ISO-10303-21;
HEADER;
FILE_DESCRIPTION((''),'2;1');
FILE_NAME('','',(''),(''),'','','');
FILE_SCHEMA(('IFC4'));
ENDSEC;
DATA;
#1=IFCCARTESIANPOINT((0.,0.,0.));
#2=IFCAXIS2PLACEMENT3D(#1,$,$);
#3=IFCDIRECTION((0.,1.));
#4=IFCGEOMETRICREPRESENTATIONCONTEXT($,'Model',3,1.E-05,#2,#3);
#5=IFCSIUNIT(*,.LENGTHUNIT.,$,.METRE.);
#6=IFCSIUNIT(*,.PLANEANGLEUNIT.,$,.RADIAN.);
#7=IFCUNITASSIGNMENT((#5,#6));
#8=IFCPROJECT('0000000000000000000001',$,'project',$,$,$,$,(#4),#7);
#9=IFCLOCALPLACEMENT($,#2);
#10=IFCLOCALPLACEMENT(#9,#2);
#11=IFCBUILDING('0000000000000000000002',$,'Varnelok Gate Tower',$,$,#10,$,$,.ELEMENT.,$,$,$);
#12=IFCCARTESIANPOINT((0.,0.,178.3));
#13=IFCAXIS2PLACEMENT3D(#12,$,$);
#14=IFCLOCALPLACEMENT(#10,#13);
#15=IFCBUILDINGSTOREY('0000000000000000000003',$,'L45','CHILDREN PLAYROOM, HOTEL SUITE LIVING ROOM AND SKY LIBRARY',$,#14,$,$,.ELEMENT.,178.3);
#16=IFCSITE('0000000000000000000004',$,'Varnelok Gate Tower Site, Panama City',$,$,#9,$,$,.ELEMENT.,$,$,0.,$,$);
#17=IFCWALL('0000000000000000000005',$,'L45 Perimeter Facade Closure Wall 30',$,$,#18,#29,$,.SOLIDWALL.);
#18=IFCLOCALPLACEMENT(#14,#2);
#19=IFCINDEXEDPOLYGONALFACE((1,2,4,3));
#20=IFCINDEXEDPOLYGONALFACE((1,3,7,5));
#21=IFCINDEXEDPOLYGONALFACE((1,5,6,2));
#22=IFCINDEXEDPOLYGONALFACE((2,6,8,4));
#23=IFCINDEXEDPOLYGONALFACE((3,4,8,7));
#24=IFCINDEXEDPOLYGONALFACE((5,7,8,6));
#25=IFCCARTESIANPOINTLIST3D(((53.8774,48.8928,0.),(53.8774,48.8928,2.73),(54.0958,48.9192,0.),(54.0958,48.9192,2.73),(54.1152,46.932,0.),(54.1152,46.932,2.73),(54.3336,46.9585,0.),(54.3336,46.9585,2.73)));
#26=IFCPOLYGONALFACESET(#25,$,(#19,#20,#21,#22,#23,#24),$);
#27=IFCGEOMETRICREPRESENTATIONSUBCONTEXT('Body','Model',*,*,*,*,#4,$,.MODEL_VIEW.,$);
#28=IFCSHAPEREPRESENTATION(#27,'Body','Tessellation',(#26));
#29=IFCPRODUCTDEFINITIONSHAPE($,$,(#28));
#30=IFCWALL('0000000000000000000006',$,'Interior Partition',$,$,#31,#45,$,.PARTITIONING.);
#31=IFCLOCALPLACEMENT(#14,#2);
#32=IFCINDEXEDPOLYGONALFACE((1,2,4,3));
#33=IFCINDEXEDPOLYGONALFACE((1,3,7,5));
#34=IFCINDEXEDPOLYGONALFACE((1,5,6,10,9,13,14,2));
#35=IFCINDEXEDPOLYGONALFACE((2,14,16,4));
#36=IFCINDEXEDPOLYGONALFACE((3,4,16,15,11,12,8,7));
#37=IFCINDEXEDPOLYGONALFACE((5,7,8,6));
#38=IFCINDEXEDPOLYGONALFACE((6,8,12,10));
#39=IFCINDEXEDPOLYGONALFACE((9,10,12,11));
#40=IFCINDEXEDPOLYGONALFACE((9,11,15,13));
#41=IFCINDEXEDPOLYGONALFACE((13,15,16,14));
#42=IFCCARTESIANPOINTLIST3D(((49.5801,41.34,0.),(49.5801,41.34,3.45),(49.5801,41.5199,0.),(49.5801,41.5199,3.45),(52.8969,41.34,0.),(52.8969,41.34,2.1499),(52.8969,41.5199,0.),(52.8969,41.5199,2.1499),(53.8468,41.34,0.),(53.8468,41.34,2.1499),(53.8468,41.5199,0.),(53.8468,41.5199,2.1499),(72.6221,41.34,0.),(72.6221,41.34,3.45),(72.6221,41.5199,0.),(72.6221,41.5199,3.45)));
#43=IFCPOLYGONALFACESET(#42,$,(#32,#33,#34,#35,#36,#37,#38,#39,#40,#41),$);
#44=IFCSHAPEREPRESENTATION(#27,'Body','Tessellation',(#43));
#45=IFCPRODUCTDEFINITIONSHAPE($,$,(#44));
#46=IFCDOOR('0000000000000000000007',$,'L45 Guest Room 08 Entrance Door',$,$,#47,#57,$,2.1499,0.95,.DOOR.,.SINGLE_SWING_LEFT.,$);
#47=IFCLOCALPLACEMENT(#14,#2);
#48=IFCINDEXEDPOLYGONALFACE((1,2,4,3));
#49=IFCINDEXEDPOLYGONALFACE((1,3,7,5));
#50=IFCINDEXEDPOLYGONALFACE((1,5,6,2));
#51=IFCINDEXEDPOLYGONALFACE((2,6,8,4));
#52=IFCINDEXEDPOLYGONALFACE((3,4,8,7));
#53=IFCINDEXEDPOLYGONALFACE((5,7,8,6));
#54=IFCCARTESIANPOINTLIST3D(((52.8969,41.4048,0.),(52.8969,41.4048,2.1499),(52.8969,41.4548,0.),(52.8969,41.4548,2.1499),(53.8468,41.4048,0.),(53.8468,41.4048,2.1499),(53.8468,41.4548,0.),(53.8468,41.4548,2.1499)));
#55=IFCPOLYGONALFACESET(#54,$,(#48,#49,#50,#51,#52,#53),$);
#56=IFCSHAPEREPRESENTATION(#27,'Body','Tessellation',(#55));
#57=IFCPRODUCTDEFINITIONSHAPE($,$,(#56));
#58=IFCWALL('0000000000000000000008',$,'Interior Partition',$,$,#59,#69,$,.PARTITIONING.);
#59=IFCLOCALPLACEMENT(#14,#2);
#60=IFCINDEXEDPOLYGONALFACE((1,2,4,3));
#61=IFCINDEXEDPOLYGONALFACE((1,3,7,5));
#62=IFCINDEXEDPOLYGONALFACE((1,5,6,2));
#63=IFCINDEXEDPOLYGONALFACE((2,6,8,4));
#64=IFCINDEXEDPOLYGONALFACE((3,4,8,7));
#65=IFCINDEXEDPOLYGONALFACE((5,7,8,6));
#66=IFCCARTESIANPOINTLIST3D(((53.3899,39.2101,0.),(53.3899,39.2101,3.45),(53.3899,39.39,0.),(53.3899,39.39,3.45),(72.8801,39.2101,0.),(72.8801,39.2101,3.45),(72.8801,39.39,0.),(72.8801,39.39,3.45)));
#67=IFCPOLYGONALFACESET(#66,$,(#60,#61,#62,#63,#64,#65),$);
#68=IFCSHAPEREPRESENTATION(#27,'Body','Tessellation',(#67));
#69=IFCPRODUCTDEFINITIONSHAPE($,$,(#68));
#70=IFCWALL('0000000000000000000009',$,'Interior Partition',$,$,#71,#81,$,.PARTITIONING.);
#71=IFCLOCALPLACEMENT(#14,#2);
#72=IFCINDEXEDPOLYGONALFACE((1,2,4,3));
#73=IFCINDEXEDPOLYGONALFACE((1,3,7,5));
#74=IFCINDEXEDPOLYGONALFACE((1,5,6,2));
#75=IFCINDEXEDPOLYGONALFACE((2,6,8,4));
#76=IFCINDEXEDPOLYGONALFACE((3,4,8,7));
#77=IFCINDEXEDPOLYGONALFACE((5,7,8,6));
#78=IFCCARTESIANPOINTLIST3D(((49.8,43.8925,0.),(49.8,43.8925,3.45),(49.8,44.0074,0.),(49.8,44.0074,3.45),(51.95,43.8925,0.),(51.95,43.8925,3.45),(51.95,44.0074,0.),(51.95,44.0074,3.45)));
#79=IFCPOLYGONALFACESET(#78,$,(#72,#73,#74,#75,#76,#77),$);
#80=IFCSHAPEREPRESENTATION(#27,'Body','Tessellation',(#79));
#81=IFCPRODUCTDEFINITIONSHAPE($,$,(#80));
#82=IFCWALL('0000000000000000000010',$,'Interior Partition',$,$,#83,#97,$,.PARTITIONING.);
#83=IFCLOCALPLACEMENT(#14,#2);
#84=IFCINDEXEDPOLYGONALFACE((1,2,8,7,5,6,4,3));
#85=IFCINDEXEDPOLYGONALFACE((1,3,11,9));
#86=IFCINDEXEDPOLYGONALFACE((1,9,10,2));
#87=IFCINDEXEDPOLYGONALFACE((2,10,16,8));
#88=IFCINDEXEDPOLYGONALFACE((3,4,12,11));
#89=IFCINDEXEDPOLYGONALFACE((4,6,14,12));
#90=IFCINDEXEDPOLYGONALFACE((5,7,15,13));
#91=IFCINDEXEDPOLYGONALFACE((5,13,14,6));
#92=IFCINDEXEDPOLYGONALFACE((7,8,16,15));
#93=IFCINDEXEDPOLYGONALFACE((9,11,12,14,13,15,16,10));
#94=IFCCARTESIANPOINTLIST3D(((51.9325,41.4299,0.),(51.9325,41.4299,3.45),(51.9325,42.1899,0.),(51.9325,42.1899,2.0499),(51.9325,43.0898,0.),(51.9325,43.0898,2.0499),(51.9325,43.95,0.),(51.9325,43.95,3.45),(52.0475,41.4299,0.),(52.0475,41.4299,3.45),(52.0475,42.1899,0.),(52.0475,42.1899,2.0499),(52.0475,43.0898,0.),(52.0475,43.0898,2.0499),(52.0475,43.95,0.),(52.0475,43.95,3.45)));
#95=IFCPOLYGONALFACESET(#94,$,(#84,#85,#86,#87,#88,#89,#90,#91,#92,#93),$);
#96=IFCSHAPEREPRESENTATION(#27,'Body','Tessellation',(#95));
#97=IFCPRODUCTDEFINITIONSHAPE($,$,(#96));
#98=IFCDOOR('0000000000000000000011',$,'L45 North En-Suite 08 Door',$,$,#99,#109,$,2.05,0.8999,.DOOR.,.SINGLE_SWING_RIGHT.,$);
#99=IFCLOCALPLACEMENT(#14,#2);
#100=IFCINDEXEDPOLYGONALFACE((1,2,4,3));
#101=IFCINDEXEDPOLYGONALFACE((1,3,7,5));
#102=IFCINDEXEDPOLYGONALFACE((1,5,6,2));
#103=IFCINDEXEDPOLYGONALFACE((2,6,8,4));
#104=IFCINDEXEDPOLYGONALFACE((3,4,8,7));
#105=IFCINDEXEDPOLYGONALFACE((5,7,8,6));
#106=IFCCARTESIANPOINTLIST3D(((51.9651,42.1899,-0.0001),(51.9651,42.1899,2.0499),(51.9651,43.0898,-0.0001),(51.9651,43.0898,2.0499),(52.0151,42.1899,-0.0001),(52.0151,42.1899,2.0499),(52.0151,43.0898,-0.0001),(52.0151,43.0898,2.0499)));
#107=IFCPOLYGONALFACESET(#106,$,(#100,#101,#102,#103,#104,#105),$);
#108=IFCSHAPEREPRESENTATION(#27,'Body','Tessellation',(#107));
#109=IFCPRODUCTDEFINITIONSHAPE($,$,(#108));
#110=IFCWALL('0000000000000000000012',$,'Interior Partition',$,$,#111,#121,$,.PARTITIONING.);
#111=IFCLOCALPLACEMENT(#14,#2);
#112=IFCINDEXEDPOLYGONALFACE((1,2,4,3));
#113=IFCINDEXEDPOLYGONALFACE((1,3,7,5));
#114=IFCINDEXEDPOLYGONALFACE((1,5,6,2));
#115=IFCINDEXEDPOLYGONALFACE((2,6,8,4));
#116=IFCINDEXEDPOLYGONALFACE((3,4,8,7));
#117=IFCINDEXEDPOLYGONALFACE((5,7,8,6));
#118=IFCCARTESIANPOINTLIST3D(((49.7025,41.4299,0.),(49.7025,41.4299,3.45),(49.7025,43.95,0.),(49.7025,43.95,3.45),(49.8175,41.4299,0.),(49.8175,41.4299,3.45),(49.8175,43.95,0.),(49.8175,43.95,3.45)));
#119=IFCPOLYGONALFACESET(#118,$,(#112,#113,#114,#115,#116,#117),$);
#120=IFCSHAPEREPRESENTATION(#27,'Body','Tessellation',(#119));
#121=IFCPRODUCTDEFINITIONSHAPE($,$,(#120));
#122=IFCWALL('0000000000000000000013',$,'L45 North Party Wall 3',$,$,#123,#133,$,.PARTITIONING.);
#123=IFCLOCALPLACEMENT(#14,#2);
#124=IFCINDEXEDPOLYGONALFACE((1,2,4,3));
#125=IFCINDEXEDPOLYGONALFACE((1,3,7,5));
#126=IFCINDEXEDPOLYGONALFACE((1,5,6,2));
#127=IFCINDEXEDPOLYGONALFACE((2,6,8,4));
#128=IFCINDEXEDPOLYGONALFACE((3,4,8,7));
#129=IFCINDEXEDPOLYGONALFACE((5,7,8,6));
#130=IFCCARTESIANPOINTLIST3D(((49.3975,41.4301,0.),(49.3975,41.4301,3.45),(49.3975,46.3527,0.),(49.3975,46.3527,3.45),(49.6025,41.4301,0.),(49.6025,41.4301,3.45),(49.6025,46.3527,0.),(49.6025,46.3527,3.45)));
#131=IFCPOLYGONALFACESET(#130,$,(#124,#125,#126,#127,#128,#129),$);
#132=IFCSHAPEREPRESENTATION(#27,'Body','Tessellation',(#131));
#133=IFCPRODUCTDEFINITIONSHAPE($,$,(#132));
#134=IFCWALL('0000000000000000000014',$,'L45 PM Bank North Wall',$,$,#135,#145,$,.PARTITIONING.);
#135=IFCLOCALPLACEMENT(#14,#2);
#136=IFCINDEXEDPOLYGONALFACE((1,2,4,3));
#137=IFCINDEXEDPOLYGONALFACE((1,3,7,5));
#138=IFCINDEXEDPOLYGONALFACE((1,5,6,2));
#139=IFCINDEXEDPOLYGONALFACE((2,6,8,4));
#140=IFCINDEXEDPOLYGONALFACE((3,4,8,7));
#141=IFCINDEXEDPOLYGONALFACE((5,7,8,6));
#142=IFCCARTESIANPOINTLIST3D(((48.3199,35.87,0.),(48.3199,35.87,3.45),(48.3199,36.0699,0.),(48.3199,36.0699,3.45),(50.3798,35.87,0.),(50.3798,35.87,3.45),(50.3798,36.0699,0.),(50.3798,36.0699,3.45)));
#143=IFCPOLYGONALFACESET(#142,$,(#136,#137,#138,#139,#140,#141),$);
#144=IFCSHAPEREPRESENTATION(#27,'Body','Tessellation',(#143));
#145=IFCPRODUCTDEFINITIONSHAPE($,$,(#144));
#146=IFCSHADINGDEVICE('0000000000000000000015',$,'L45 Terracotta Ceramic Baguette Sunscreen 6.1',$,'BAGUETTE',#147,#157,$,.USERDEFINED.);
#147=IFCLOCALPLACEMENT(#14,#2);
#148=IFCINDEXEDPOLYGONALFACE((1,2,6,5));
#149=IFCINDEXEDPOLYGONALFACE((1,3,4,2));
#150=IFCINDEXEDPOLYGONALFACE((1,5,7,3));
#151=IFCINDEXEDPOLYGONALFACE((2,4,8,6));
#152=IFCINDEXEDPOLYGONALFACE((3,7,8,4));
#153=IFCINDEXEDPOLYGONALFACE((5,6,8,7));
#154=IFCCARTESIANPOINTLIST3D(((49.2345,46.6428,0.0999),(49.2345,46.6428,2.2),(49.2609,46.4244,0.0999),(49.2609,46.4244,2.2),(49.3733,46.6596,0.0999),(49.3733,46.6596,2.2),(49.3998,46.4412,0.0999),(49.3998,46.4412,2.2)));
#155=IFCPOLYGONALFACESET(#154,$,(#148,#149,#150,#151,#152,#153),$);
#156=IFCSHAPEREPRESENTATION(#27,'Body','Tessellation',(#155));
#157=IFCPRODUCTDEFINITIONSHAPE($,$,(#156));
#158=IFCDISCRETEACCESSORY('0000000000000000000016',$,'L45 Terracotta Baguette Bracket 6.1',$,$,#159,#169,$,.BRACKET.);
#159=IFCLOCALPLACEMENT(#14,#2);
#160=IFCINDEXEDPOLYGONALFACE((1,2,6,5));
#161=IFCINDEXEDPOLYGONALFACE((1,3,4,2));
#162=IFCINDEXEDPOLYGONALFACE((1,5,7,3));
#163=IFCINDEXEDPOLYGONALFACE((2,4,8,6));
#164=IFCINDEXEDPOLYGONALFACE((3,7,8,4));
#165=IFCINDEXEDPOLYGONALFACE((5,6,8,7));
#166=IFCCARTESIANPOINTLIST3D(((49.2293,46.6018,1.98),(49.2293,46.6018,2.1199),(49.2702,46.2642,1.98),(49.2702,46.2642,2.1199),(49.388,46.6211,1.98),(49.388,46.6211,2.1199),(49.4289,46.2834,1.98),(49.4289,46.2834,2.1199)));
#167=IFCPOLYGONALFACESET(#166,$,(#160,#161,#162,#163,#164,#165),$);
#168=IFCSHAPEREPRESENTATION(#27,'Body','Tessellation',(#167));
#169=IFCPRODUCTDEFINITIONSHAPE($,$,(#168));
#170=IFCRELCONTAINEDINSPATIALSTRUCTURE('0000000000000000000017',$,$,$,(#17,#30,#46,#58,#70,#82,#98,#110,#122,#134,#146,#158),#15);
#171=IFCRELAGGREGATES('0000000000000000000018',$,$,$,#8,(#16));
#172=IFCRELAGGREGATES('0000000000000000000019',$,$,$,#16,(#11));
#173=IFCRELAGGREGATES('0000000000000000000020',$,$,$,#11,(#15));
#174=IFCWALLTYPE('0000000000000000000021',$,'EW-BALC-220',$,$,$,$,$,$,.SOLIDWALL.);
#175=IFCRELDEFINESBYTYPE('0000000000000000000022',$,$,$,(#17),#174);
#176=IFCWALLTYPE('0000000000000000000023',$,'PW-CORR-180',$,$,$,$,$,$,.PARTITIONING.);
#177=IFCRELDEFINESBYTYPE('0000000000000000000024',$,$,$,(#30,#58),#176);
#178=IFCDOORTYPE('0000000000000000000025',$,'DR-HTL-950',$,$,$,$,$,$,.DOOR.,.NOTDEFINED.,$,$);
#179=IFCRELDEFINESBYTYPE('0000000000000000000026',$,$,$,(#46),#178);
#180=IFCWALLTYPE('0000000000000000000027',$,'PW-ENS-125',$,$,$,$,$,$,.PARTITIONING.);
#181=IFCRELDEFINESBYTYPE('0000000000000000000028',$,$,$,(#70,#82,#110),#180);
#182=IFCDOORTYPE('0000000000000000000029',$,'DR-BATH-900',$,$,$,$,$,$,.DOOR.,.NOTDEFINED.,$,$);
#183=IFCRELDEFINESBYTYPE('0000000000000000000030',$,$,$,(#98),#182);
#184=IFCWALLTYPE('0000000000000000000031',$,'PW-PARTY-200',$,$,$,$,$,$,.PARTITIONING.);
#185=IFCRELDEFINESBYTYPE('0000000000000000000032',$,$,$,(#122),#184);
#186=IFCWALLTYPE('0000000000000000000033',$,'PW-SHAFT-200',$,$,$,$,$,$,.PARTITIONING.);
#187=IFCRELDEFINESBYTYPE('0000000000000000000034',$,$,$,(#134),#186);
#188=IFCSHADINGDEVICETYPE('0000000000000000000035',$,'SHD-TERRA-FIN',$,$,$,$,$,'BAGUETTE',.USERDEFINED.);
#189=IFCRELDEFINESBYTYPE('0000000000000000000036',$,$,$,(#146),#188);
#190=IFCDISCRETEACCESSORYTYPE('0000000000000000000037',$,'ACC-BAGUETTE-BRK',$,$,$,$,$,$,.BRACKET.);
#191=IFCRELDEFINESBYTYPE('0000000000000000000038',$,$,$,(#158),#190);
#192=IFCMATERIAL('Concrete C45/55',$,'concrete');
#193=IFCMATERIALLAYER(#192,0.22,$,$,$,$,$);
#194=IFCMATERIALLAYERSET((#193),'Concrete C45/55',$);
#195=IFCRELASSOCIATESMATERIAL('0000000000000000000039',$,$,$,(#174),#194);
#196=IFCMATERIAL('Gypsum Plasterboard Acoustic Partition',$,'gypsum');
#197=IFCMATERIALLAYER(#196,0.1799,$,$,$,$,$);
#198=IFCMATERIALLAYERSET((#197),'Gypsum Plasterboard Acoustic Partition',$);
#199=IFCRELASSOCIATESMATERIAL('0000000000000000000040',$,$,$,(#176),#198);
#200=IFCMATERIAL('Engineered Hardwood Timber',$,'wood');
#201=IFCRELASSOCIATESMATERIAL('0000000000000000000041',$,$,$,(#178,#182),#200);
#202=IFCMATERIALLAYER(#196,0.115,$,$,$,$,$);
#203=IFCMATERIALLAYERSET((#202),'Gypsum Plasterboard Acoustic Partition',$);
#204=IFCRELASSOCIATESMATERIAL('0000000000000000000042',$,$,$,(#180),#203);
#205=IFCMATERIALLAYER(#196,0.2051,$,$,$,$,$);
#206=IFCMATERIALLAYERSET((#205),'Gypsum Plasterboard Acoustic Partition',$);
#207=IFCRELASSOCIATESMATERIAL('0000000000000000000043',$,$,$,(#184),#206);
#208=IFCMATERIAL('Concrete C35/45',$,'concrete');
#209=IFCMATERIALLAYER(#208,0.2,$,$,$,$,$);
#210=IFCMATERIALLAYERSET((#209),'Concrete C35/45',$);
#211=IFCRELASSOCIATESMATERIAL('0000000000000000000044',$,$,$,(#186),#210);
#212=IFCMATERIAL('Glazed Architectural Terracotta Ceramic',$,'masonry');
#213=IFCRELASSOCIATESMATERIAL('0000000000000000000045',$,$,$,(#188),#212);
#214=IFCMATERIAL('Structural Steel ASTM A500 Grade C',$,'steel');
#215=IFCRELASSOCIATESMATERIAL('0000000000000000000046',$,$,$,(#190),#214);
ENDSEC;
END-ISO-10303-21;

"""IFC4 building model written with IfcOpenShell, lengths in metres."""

from ifc_helpers import new_model, si_unit, direction, frame, frame_2d, origin, origin_2d, place, context, subcontext, project, spatial, rectangle, extrude, source, transform, mapped, material, layer, layer_set, type_object, element, fill, save


model = new_model("IFC4")

# Units and contexts
model_context = context("Model", 3, precision=1e-05, world=origin(), true_north=direction((0.0, 1.0)))
body_context = subcontext(model_context, "Body", "Model", "MODEL_VIEW")
ifc_project = project(units=[si_unit("LENGTHUNIT", "METRE"), si_unit("PLANEANGLEUNIT", "RADIAN")], contexts=[model_context])

# Site, building, storey
site_placement = place(None, origin())
site = spatial("IfcSite", under=ifc_project, at=site_placement, Name="Varnelok Gate Tower Site, Panama City", CompositionType="ELEMENT", RefElevation=0.0)
building_placement = place(site_placement, origin())
building = spatial("IfcBuilding", under=site, at=building_placement, Name="Varnelok Gate Tower", CompositionType="ELEMENT")
storey_placement = place(building_placement, frame((0.0, 0.0, 178.3)))
storey = spatial("IfcBuildingStorey", under=building, at=storey_placement, Name="L45", Description="CHILDREN PLAYROOM, HOTEL SUITE LIVING ROOM AND SKY LIBRARY", CompositionType="ELEMENT", Elevation=178.3)

# Shared definitions
ifc_material_1 = material(Name="Concrete C45/55", Category="concrete")
ifc_layer_1 = layer(ifc_material_1, 0.22)
ifc_layer_set_1 = layer_set([ifc_layer_1], Name="Concrete C45/55")
wall_type_1 = type_object("IfcWallType", Name="EW-BALC-220", PredefinedType="SOLIDWALL", material=ifc_layer_set_1)

# Wall
wall_1_placement = place(storey_placement, frame((53.9866, 48.906, 0.0), z_axis=(0.0, 0.0, 1.0), x_axis=(0.120398, -0.992726, 0.0)))
element("IfcWall", 1, at=wall_1_placement, inside=storey, type_object=wall_type_1, Name="L45 Perimeter Facade Closure Wall 30", PredefinedType="SOLIDWALL", context=body_context, shape_type="SweptSolid", body=[
    extrude(rectangle(XDim=1.9751, YDim=0.22, at=frame_2d((0.9875, 0.0))), origin(), (0.0, 0.0, 1.0), 2.73),
])

# Wall, opening, door
ifc_material_2 = material(Name="Gypsum Plasterboard Acoustic Partition", Category="gypsum")
ifc_layer_2 = layer(ifc_material_2, 0.1799)
ifc_layer_set_2 = layer_set([ifc_layer_2], Name="Gypsum Plasterboard Acoustic Partition")
wall_type_2 = type_object("IfcWallType", Name="PW-CORR-180", PredefinedType="PARTITIONING", material=ifc_layer_set_2)
wall_2_placement = place(storey_placement, frame((49.5801, 41.4299, 0.0), z_axis=(0.0, 0.0, 1.0), x_axis=(1.0, 0.0, 0.0)))
wall_2 = element("IfcWall", 2, at=wall_2_placement, inside=storey, type_object=wall_type_2, Name="Interior Partition", PredefinedType="PARTITIONING", context=body_context, shape_type="SweptSolid", body=[
    extrude(rectangle(XDim=23.042, YDim=0.1799, at=frame_2d((11.521, 0.0))), origin(), (0.0, 0.0, 1.0), 3.45),
])
opening_1_placement = place(wall_2_placement, frame((3.3167, 0.0, 0.0)))
opening_1 = element("IfcOpeningElement", 3, at=opening_1_placement, cuts=wall_2, PredefinedType="OPENING", context=body_context, shape_type="SweptSolid", body=[
    extrude(rectangle(XDim=0.95, YDim=2.1499, at=frame_2d((0.4751, 1.075))), frame((0.0, 0.0999, 0.0), z_axis=(0.0, -1.0, 0.0), x_axis=(1.0, 0.0, 0.0)), (0.0, 0.0, 1.0), 0.2),
])
ifc_material_3 = material(Name="Engineered Hardwood Timber", Category="wood")
door_type_1 = type_object("IfcDoorType", Name="DR-HTL-950", OperationType="NOTDEFINED", PredefinedType="DOOR", material=ifc_material_3)
door_1_placement = place(opening_1_placement, origin())
door_1 = element("IfcDoor", 4, at=door_1_placement, inside=storey, type_object=door_type_1, Name="L45 Guest Room 08 Entrance Door", OperationType="SINGLE_SWING_LEFT", OverallHeight=2.1499, OverallWidth=0.95, PredefinedType="DOOR", context=body_context, shape_type="SweptSolid", body=[
    extrude(rectangle(XDim=0.95, YDim=2.1499, at=frame_2d((0.4751, 1.075))), frame((0.0, 0.0249, 0.0), z_axis=(0.0, -1.0, 0.0), x_axis=(1.0, 0.0, 0.0)), (0.0, 0.0, 1.0), 0.05),
])
fill(opening_1, door_1)

# Walls
wall_3_placement = place(storey_placement, frame((53.3899, 39.3, 0.0), z_axis=(0.0, 0.0, 1.0), x_axis=(1.0, 0.0, 0.0)))
element("IfcWall", 5, at=wall_3_placement, inside=storey, type_object=wall_type_2, Name="Interior Partition", PredefinedType="PARTITIONING", context=body_context, shape_type="SweptSolid", body=[
    extrude(rectangle(XDim=19.4902, YDim=0.1799, at=frame_2d((9.7451, 0.0))), origin(), (0.0, 0.0, 1.0), 3.45),
])
ifc_layer_3 = layer(ifc_material_2, 0.115)
ifc_layer_set_3 = layer_set([ifc_layer_3], Name="Gypsum Plasterboard Acoustic Partition")
wall_type_3 = type_object("IfcWallType", Name="PW-ENS-125", PredefinedType="PARTITIONING", material=ifc_layer_set_3)
wall_4_placement = place(storey_placement, frame((49.8, 43.95, 0.0), z_axis=(0.0, 0.0, 1.0), x_axis=(1.0, 0.0, 0.0)))
element("IfcWall", 6, at=wall_4_placement, inside=storey, type_object=wall_type_3, Name="Interior Partition", PredefinedType="PARTITIONING", context=body_context, shape_type="SweptSolid", body=[
    extrude(rectangle(XDim=2.1499, YDim=0.115, at=frame_2d((1.075, 0.0))), origin(), (0.0, 0.0, 1.0), 3.45),
])

# Wall, opening, door
wall_5_placement = place(storey_placement, frame((51.99, 41.4299, 0.0), z_axis=(0.0, 0.0, 1.0), x_axis=(0.0, 1.0, 0.0)))
wall_5 = element("IfcWall", 7, at=wall_5_placement, inside=storey, type_object=wall_type_3, Name="Interior Partition", PredefinedType="PARTITIONING", context=body_context, shape_type="SweptSolid", body=[
    extrude(rectangle(XDim=2.52, YDim=0.115, at=frame_2d((1.26, 0.0))), origin(), (0.0, 0.0, 1.0), 3.45),
])
opening_2_placement = place(wall_5_placement, frame((0.76, 0.0, 0.0)))
opening_2 = element("IfcOpeningElement", 8, at=opening_2_placement, cuts=wall_5, PredefinedType="OPENING", context=body_context, shape_type="SweptSolid", body=[
    extrude(rectangle(XDim=0.8999, YDim=2.05, at=frame_2d((0.45, 1.0249))), frame((0.0, 0.0674, 0.0), z_axis=(0.0, -1.0, 0.0), x_axis=(1.0, 0.0, 0.0)), (0.0, 0.0, 1.0), 0.135),
])
door_type_2 = type_object("IfcDoorType", Name="DR-BATH-900", OperationType="NOTDEFINED", PredefinedType="DOOR", material=ifc_material_3)
door_2_placement = place(opening_2_placement, origin())
door_2 = element("IfcDoor", 9, at=door_2_placement, inside=storey, type_object=door_type_2, Name="L45 North En-Suite 08 Door", OperationType="SINGLE_SWING_RIGHT", OverallHeight=2.05, OverallWidth=0.8999, PredefinedType="DOOR", context=body_context, shape_type="SweptSolid", body=[
    extrude(rectangle(XDim=0.8999, YDim=2.05, at=frame_2d((0.45, 1.0249))), frame((0.0, 0.0249, 0.0), z_axis=(0.0, -1.0, 0.0), x_axis=(1.0, 0.0, 0.0)), (0.0, 0.0, 1.0), 0.05),
])
fill(opening_2, door_2)

# Walls
wall_6_placement = place(storey_placement, frame((49.76, 41.4299, 0.0), z_axis=(0.0, 0.0, 1.0), x_axis=(0.0, 1.0, 0.0)))
element("IfcWall", 10, at=wall_6_placement, inside=storey, type_object=wall_type_3, Name="Interior Partition", PredefinedType="PARTITIONING", context=body_context, shape_type="SweptSolid", body=[
    extrude(rectangle(XDim=2.52, YDim=0.115, at=frame_2d((1.26, 0.0))), origin(), (0.0, 0.0, 1.0), 3.45),
])
ifc_layer_4 = layer(ifc_material_2, 0.2051)
ifc_layer_set_4 = layer_set([ifc_layer_4], Name="Gypsum Plasterboard Acoustic Partition")
wall_type_4 = type_object("IfcWallType", Name="PW-PARTY-200", PredefinedType="PARTITIONING", material=ifc_layer_set_4)
wall_7_placement = place(storey_placement, frame((49.5, 41.4299, 0.0), z_axis=(0.0, 0.0, 1.0), x_axis=(0.0, 1.0, 0.0)))
element("IfcWall", 11, at=wall_7_placement, inside=storey, type_object=wall_type_4, Name="L45 North Party Wall 3", PredefinedType="PARTITIONING", context=body_context, shape_type="SweptSolid", body=[
    extrude(rectangle(XDim=4.9226, YDim=0.2051, at=frame_2d((2.4614, 0.0))), origin(), (0.0, 0.0, 1.0), 3.45),
])
ifc_material_4 = material(Name="Concrete C35/45", Category="concrete")
ifc_layer_5 = layer(ifc_material_4, 0.2)
ifc_layer_set_5 = layer_set([ifc_layer_5], Name="Concrete C35/45")
wall_type_5 = type_object("IfcWallType", Name="PW-SHAFT-200", PredefinedType="PARTITIONING", material=ifc_layer_set_5)
wall_8_placement = place(storey_placement, frame((48.3201, 35.97, 0.0), z_axis=(0.0, 0.0, 1.0), x_axis=(1.0, 0.0, 0.0)))
element("IfcWall", 12, at=wall_8_placement, inside=storey, type_object=wall_type_5, Name="L45 PM Bank North Wall", PredefinedType="PARTITIONING", context=body_context, shape_type="SweptSolid", body=[
    extrude(rectangle(XDim=2.0598, YDim=0.2, at=frame_2d((1.0298, 0.0))), origin(), (0.0, 0.0, 1.0), 3.45),
])

# Shading device
ifc_material_5 = material(Name="Glazed Architectural Terracotta Ceramic", Category="masonry")
shading_device_type = type_object("IfcShadingDeviceType", Name="SHD-TERRA-FIN", ElementType="BAGUETTE", PredefinedType="USERDEFINED", material=ifc_material_5)
shared_shape_1 = source(origin(), body_context, "Body", "SweptSolid", [
    extrude(rectangle(XDim=0.1399, YDim=0.22, at=origin_2d()), origin(), (0.0, 0.0, 1.0), 2.1001),
])
shading_device_placement = place(storey_placement, frame((49.3171, 46.542, 0.0999), z_axis=(0.0, 0.0, 1.0), x_axis=(0.992732, 0.120345, 0.0)))
element("IfcShadingDevice", 13, at=shading_device_placement, inside=storey, type_object=shading_device_type, Name="L45 Terracotta Ceramic Baguette Sunscreen 6.1", ObjectType="BAGUETTE", PredefinedType="USERDEFINED", context=body_context, shape_type="MappedRepresentation", body=[
    mapped(shared_shape_1, transform((0.0, 0.0, 0.0), scale=1.0)),
])

# Discrete accessory
ifc_material_6 = material(Name="Structural Steel ASTM A500 Grade C", Category="steel")
discrete_accessory_type = type_object("IfcDiscreteAccessoryType", Name="ACC-BAGUETTE-BRK", PredefinedType="BRACKET", material=ifc_material_6)
shared_shape_2 = source(origin(), body_context, "Body", "SweptSolid", [
    extrude(rectangle(XDim=0.1599, YDim=0.3401, at=origin_2d()), origin(), (0.0, 0.0, 1.0), 0.1399),
])
discrete_accessory_placement = place(storey_placement, frame((49.3291, 46.4426, 1.98), z_axis=(0.0, 0.0, 1.0), x_axis=(0.992732, 0.120345, 0.0)))
element("IfcDiscreteAccessory", 14, at=discrete_accessory_placement, inside=storey, type_object=discrete_accessory_type, Name="L45 Terracotta Baguette Bracket 6.1", PredefinedType="BRACKET", context=body_context, shape_type="MappedRepresentation", body=[
    mapped(shared_shape_2, transform((0.0, 0.0, 0.0), scale=1.0)),
])

save(model, "model.ifc")
